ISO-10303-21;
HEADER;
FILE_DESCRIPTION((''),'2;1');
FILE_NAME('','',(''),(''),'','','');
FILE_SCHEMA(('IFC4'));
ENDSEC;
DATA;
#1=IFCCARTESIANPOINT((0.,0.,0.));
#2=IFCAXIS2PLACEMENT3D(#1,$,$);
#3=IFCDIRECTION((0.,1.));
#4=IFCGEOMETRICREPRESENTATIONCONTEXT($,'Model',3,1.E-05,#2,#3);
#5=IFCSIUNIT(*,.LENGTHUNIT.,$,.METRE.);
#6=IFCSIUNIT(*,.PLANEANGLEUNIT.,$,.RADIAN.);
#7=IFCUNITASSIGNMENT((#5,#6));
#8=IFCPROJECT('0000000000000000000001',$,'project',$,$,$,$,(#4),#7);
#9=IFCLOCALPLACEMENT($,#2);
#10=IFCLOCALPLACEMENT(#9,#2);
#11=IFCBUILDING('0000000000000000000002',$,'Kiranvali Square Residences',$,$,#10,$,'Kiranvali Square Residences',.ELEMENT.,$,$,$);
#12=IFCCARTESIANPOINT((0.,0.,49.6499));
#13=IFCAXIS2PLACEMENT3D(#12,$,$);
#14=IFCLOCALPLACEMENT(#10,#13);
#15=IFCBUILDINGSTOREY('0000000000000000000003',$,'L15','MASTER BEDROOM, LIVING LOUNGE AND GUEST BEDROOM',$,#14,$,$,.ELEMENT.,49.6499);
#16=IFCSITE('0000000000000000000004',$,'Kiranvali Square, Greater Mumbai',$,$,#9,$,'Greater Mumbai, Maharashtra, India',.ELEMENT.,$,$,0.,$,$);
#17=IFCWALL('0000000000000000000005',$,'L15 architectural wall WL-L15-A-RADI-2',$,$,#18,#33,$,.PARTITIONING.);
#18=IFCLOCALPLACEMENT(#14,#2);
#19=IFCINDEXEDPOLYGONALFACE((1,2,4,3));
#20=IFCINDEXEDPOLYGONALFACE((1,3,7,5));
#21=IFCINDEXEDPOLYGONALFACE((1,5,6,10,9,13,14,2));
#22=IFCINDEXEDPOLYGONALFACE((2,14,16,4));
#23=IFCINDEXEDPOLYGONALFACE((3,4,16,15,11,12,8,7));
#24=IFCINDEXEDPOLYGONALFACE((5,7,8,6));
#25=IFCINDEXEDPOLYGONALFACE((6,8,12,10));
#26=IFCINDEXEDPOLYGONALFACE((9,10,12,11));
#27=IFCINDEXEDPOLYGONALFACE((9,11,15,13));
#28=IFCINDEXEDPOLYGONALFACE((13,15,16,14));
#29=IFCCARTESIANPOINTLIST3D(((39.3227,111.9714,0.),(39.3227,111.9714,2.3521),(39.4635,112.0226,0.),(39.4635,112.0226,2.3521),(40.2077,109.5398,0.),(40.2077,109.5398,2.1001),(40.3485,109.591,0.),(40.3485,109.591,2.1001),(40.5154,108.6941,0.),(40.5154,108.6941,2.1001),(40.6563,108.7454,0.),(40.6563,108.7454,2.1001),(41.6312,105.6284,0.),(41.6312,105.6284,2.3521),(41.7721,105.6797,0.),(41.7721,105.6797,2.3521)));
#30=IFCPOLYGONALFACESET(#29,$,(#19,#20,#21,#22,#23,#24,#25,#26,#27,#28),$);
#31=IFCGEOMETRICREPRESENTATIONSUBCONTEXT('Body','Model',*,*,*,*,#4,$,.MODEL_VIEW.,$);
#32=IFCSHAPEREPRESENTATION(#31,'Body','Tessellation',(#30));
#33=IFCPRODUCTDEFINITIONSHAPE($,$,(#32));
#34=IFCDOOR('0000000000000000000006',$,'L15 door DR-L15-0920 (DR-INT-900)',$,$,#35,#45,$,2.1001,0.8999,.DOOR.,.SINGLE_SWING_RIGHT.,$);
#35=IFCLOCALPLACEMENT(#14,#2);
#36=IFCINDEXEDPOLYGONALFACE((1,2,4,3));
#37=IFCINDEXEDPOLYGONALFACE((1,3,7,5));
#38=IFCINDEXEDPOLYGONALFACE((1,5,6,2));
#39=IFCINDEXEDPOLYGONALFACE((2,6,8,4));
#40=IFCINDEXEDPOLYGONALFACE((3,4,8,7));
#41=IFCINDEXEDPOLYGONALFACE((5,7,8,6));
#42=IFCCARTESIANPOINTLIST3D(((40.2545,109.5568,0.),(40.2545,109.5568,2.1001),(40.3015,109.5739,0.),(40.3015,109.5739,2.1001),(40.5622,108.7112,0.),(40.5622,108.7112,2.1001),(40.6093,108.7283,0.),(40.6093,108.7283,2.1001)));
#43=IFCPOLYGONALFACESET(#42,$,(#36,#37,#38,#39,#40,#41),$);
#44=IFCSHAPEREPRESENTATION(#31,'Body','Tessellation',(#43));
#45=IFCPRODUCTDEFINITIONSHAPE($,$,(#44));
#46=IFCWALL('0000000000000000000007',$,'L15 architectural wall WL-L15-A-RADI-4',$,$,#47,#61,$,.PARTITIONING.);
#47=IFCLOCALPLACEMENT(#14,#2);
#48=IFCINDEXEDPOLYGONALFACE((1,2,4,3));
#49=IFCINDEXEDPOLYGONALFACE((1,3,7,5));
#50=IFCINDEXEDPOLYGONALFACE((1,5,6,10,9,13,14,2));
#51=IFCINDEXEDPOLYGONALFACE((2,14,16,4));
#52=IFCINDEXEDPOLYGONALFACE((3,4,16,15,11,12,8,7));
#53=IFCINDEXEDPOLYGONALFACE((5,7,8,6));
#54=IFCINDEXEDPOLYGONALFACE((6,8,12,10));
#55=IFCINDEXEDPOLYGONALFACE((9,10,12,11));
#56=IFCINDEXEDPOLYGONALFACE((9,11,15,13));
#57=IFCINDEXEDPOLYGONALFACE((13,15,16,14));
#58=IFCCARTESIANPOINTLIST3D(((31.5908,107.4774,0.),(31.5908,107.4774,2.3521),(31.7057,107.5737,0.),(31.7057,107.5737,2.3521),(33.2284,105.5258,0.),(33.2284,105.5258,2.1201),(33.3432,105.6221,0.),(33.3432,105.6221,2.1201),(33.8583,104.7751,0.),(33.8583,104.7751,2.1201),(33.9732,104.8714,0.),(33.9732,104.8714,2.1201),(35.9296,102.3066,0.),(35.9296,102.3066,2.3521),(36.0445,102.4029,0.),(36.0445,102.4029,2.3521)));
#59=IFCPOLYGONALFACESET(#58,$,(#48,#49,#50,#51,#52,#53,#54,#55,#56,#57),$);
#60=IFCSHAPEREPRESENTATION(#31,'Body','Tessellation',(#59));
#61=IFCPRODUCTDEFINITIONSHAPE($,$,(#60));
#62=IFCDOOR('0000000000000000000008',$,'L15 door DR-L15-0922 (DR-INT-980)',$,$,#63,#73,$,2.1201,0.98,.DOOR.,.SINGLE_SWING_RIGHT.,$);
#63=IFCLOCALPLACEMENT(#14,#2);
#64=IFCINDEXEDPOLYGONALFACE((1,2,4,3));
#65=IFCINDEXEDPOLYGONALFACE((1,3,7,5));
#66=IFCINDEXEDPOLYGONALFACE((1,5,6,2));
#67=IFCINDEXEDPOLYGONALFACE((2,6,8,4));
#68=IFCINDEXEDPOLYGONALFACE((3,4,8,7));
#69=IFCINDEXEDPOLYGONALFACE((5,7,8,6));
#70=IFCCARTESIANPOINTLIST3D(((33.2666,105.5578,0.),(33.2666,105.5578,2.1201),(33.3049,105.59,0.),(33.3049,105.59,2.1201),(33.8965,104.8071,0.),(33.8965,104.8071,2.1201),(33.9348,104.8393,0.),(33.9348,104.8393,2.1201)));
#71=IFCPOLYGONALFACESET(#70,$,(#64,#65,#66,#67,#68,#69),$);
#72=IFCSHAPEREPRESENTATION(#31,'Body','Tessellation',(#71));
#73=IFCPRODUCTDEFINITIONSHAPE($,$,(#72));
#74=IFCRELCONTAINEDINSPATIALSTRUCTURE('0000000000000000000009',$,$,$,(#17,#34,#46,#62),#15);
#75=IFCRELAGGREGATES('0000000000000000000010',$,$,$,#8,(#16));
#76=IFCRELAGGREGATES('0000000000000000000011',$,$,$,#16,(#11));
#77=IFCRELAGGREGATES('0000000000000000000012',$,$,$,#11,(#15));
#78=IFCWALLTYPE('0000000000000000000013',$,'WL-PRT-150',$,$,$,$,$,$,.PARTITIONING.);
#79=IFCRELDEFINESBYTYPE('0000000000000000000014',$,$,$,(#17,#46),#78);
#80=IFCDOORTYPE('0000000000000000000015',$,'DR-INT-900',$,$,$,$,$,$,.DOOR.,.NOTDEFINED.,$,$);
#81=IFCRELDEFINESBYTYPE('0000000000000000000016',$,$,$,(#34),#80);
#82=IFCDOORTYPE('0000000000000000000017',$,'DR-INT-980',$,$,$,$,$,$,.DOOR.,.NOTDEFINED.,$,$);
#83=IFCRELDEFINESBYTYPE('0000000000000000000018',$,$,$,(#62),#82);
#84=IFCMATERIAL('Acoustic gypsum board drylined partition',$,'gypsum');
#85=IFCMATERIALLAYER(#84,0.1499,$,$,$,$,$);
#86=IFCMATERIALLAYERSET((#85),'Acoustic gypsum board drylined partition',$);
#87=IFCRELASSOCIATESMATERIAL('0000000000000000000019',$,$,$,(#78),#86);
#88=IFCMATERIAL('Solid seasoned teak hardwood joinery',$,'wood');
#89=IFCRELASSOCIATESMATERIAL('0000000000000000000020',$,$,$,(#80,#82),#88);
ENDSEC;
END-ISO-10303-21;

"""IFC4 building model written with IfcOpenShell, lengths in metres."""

from ifc_helpers import new_model, si_unit, direction, frame, frame_2d, origin, place, context, subcontext, project, spatial, rectangle, extrude, material, layer, layer_set, type_object, element, fill, save


model = new_model("IFC4")

# Units and contexts
model_context = context("Model", 3, precision=1e-05, world=origin(), true_north=direction((0.0, 1.0)))
body_context = subcontext(model_context, "Body", "Model", "MODEL_VIEW")
ifc_project = project(units=[si_unit("LENGTHUNIT", "METRE"), si_unit("PLANEANGLEUNIT", "RADIAN")], contexts=[model_context])

# Site, building, storey
site_placement = place(None, origin())
site = spatial("IfcSite", under=ifc_project, at=site_placement, Name="Kiranvali Square, Greater Mumbai", LongName="Greater Mumbai, Maharashtra, India", CompositionType="ELEMENT", RefElevation=0.0)
building_placement = place(site_placement, origin())
building = spatial("IfcBuilding", under=site, at=building_placement, Name="Kiranvali Square Residences", LongName="Kiranvali Square Residences", CompositionType="ELEMENT")
storey_placement = place(building_placement, frame((0.0, 0.0, 49.6499)))
storey = spatial("IfcBuildingStorey", under=building, at=storey_placement, Name="L15", Description="MASTER BEDROOM, LIVING LOUNGE AND GUEST BEDROOM", CompositionType="ELEMENT", Elevation=49.6499)

# Walls, openings, doors
ifc_material_1 = material(Name="Acoustic gypsum board drylined partition", Category="gypsum")
ifc_layer_1 = layer(ifc_material_1, 0.1499)
ifc_layer_set_1 = layer_set([ifc_layer_1], Name="Acoustic gypsum board drylined partition")
wall_type_1 = type_object("IfcWallType", Name="WL-PRT-150", PredefinedType="PARTITIONING", material=ifc_layer_set_1)
wall_1_placement = place(storey_placement, frame((41.7017, 105.6541, 0.0), z_axis=(0.0, 0.0, 1.0), x_axis=(-0.34201, 0.939696, 0.0)))
wall_1 = element("IfcWall", 1, at=wall_1_placement, inside=storey, type_object=wall_type_1, Name="L15 architectural wall WL-L15-A-RADI-2", PredefinedType="PARTITIONING", context=body_context, shape_type="SweptSolid", body=[
    extrude(rectangle(XDim=6.75, YDim=0.1499, at=frame_2d((3.375, 0.0))), origin(), (0.0, 0.0, 1.0), 2.3521),
])
opening_1_placement = place(wall_1_placement, frame((3.2625, 0.0, 0.0)))
opening_1 = element("IfcOpeningElement", 2, at=opening_1_placement, cuts=wall_1, PredefinedType="OPENING", context=body_context, shape_type="SweptSolid", body=[
    extrude(rectangle(XDim=0.8999, YDim=2.1001, at=frame_2d((0.45, 1.05))), frame((0.0, 0.085, 0.0), z_axis=(0.0, -1.0, 0.0), x_axis=(1.0, 0.0, 0.0)), (0.0, 0.0, 1.0), 0.1699),
])
ifc_material_2 = material(Name="Solid seasoned teak hardwood joinery", Category="wood")
door_type_1 = type_object("IfcDoorType", Name="DR-INT-900", OperationType="NOTDEFINED", PredefinedType="DOOR", material=ifc_material_2)
door_1_placement = place(opening_1_placement, frame((0.8999, 0.0, 0.0), z_axis=(0.0, 0.0, 1.0), x_axis=(-1.0, 0.0, 0.0)))
door_1 = element("IfcDoor", 3, at=door_1_placement, inside=storey, type_object=door_type_1, Name="L15 door DR-L15-0920 (DR-INT-900)", OperationType="SINGLE_SWING_RIGHT", OverallHeight=2.1001, OverallWidth=0.8999, PredefinedType="DOOR", context=body_context, shape_type="SweptSolid", body=[
    extrude(rectangle(XDim=0.8999, YDim=2.1001, at=frame_2d((0.45, 1.05))), frame((0.0, 0.0249, 0.0), z_axis=(0.0, -1.0, 0.0), x_axis=(1.0, 0.0, 0.0)), (0.0, 0.0, 1.0), 0.05),
])
fill(opening_1, door_1)
wall_2_placement = place(storey_placement, frame((35.9871, 102.3547, 0.0), z_axis=(0.0, 0.0, 1.0), x_axis=(-0.642785, 0.766047, 0.0)))
wall_2 = element("IfcWall", 4, at=wall_2_placement, inside=storey, type_object=wall_type_1, Name="L15 architectural wall WL-L15-A-RADI-4", PredefinedType="PARTITIONING", context=body_context, shape_type="SweptSolid", body=[
    extrude(rectangle(XDim=6.75, YDim=0.1499, at=frame_2d((3.375, 0.0))), origin(), (0.0, 0.0, 1.0), 2.3521),
])
opening_2_placement = place(wall_2_placement, frame((3.2224, 0.0, 0.0)))
opening_2 = element("IfcOpeningElement", 5, at=opening_2_placement, cuts=wall_2, PredefinedType="OPENING", context=body_context, shape_type="SweptSolid", body=[
    extrude(rectangle(XDim=0.98, YDim=2.1201, at=frame_2d((0.49, 1.0601))), frame((0.0, 0.085, 0.0), z_axis=(0.0, -1.0, 0.0), x_axis=(1.0, 0.0, 0.0)), (0.0, 0.0, 1.0), 0.1699),
])
door_type_2 = type_object("IfcDoorType", Name="DR-INT-980", OperationType="NOTDEFINED", PredefinedType="DOOR", material=ifc_material_2)
door_2_placement = place(opening_2_placement, frame((0.98, 0.0, 0.0), z_axis=(0.0, 0.0, 1.0), x_axis=(-1.0, 0.0, 0.0)))
door_2 = element("IfcDoor", 6, at=door_2_placement, inside=storey, type_object=door_type_2, Name="L15 door DR-L15-0922 (DR-INT-980)", OperationType="SINGLE_SWING_RIGHT", OverallHeight=2.1201, OverallWidth=0.98, PredefinedType="DOOR", context=body_context, shape_type="SweptSolid", body=[
    extrude(rectangle(XDim=0.98, YDim=2.1201, at=frame_2d((0.49, 1.0601))), frame((0.0, 0.0249, 0.0), z_axis=(0.0, -1.0, 0.0), x_axis=(1.0, 0.0, 0.0)), (0.0, 0.0, 1.0), 0.05),
])
fill(opening_2, door_2)

save(model, "model.ifc")
